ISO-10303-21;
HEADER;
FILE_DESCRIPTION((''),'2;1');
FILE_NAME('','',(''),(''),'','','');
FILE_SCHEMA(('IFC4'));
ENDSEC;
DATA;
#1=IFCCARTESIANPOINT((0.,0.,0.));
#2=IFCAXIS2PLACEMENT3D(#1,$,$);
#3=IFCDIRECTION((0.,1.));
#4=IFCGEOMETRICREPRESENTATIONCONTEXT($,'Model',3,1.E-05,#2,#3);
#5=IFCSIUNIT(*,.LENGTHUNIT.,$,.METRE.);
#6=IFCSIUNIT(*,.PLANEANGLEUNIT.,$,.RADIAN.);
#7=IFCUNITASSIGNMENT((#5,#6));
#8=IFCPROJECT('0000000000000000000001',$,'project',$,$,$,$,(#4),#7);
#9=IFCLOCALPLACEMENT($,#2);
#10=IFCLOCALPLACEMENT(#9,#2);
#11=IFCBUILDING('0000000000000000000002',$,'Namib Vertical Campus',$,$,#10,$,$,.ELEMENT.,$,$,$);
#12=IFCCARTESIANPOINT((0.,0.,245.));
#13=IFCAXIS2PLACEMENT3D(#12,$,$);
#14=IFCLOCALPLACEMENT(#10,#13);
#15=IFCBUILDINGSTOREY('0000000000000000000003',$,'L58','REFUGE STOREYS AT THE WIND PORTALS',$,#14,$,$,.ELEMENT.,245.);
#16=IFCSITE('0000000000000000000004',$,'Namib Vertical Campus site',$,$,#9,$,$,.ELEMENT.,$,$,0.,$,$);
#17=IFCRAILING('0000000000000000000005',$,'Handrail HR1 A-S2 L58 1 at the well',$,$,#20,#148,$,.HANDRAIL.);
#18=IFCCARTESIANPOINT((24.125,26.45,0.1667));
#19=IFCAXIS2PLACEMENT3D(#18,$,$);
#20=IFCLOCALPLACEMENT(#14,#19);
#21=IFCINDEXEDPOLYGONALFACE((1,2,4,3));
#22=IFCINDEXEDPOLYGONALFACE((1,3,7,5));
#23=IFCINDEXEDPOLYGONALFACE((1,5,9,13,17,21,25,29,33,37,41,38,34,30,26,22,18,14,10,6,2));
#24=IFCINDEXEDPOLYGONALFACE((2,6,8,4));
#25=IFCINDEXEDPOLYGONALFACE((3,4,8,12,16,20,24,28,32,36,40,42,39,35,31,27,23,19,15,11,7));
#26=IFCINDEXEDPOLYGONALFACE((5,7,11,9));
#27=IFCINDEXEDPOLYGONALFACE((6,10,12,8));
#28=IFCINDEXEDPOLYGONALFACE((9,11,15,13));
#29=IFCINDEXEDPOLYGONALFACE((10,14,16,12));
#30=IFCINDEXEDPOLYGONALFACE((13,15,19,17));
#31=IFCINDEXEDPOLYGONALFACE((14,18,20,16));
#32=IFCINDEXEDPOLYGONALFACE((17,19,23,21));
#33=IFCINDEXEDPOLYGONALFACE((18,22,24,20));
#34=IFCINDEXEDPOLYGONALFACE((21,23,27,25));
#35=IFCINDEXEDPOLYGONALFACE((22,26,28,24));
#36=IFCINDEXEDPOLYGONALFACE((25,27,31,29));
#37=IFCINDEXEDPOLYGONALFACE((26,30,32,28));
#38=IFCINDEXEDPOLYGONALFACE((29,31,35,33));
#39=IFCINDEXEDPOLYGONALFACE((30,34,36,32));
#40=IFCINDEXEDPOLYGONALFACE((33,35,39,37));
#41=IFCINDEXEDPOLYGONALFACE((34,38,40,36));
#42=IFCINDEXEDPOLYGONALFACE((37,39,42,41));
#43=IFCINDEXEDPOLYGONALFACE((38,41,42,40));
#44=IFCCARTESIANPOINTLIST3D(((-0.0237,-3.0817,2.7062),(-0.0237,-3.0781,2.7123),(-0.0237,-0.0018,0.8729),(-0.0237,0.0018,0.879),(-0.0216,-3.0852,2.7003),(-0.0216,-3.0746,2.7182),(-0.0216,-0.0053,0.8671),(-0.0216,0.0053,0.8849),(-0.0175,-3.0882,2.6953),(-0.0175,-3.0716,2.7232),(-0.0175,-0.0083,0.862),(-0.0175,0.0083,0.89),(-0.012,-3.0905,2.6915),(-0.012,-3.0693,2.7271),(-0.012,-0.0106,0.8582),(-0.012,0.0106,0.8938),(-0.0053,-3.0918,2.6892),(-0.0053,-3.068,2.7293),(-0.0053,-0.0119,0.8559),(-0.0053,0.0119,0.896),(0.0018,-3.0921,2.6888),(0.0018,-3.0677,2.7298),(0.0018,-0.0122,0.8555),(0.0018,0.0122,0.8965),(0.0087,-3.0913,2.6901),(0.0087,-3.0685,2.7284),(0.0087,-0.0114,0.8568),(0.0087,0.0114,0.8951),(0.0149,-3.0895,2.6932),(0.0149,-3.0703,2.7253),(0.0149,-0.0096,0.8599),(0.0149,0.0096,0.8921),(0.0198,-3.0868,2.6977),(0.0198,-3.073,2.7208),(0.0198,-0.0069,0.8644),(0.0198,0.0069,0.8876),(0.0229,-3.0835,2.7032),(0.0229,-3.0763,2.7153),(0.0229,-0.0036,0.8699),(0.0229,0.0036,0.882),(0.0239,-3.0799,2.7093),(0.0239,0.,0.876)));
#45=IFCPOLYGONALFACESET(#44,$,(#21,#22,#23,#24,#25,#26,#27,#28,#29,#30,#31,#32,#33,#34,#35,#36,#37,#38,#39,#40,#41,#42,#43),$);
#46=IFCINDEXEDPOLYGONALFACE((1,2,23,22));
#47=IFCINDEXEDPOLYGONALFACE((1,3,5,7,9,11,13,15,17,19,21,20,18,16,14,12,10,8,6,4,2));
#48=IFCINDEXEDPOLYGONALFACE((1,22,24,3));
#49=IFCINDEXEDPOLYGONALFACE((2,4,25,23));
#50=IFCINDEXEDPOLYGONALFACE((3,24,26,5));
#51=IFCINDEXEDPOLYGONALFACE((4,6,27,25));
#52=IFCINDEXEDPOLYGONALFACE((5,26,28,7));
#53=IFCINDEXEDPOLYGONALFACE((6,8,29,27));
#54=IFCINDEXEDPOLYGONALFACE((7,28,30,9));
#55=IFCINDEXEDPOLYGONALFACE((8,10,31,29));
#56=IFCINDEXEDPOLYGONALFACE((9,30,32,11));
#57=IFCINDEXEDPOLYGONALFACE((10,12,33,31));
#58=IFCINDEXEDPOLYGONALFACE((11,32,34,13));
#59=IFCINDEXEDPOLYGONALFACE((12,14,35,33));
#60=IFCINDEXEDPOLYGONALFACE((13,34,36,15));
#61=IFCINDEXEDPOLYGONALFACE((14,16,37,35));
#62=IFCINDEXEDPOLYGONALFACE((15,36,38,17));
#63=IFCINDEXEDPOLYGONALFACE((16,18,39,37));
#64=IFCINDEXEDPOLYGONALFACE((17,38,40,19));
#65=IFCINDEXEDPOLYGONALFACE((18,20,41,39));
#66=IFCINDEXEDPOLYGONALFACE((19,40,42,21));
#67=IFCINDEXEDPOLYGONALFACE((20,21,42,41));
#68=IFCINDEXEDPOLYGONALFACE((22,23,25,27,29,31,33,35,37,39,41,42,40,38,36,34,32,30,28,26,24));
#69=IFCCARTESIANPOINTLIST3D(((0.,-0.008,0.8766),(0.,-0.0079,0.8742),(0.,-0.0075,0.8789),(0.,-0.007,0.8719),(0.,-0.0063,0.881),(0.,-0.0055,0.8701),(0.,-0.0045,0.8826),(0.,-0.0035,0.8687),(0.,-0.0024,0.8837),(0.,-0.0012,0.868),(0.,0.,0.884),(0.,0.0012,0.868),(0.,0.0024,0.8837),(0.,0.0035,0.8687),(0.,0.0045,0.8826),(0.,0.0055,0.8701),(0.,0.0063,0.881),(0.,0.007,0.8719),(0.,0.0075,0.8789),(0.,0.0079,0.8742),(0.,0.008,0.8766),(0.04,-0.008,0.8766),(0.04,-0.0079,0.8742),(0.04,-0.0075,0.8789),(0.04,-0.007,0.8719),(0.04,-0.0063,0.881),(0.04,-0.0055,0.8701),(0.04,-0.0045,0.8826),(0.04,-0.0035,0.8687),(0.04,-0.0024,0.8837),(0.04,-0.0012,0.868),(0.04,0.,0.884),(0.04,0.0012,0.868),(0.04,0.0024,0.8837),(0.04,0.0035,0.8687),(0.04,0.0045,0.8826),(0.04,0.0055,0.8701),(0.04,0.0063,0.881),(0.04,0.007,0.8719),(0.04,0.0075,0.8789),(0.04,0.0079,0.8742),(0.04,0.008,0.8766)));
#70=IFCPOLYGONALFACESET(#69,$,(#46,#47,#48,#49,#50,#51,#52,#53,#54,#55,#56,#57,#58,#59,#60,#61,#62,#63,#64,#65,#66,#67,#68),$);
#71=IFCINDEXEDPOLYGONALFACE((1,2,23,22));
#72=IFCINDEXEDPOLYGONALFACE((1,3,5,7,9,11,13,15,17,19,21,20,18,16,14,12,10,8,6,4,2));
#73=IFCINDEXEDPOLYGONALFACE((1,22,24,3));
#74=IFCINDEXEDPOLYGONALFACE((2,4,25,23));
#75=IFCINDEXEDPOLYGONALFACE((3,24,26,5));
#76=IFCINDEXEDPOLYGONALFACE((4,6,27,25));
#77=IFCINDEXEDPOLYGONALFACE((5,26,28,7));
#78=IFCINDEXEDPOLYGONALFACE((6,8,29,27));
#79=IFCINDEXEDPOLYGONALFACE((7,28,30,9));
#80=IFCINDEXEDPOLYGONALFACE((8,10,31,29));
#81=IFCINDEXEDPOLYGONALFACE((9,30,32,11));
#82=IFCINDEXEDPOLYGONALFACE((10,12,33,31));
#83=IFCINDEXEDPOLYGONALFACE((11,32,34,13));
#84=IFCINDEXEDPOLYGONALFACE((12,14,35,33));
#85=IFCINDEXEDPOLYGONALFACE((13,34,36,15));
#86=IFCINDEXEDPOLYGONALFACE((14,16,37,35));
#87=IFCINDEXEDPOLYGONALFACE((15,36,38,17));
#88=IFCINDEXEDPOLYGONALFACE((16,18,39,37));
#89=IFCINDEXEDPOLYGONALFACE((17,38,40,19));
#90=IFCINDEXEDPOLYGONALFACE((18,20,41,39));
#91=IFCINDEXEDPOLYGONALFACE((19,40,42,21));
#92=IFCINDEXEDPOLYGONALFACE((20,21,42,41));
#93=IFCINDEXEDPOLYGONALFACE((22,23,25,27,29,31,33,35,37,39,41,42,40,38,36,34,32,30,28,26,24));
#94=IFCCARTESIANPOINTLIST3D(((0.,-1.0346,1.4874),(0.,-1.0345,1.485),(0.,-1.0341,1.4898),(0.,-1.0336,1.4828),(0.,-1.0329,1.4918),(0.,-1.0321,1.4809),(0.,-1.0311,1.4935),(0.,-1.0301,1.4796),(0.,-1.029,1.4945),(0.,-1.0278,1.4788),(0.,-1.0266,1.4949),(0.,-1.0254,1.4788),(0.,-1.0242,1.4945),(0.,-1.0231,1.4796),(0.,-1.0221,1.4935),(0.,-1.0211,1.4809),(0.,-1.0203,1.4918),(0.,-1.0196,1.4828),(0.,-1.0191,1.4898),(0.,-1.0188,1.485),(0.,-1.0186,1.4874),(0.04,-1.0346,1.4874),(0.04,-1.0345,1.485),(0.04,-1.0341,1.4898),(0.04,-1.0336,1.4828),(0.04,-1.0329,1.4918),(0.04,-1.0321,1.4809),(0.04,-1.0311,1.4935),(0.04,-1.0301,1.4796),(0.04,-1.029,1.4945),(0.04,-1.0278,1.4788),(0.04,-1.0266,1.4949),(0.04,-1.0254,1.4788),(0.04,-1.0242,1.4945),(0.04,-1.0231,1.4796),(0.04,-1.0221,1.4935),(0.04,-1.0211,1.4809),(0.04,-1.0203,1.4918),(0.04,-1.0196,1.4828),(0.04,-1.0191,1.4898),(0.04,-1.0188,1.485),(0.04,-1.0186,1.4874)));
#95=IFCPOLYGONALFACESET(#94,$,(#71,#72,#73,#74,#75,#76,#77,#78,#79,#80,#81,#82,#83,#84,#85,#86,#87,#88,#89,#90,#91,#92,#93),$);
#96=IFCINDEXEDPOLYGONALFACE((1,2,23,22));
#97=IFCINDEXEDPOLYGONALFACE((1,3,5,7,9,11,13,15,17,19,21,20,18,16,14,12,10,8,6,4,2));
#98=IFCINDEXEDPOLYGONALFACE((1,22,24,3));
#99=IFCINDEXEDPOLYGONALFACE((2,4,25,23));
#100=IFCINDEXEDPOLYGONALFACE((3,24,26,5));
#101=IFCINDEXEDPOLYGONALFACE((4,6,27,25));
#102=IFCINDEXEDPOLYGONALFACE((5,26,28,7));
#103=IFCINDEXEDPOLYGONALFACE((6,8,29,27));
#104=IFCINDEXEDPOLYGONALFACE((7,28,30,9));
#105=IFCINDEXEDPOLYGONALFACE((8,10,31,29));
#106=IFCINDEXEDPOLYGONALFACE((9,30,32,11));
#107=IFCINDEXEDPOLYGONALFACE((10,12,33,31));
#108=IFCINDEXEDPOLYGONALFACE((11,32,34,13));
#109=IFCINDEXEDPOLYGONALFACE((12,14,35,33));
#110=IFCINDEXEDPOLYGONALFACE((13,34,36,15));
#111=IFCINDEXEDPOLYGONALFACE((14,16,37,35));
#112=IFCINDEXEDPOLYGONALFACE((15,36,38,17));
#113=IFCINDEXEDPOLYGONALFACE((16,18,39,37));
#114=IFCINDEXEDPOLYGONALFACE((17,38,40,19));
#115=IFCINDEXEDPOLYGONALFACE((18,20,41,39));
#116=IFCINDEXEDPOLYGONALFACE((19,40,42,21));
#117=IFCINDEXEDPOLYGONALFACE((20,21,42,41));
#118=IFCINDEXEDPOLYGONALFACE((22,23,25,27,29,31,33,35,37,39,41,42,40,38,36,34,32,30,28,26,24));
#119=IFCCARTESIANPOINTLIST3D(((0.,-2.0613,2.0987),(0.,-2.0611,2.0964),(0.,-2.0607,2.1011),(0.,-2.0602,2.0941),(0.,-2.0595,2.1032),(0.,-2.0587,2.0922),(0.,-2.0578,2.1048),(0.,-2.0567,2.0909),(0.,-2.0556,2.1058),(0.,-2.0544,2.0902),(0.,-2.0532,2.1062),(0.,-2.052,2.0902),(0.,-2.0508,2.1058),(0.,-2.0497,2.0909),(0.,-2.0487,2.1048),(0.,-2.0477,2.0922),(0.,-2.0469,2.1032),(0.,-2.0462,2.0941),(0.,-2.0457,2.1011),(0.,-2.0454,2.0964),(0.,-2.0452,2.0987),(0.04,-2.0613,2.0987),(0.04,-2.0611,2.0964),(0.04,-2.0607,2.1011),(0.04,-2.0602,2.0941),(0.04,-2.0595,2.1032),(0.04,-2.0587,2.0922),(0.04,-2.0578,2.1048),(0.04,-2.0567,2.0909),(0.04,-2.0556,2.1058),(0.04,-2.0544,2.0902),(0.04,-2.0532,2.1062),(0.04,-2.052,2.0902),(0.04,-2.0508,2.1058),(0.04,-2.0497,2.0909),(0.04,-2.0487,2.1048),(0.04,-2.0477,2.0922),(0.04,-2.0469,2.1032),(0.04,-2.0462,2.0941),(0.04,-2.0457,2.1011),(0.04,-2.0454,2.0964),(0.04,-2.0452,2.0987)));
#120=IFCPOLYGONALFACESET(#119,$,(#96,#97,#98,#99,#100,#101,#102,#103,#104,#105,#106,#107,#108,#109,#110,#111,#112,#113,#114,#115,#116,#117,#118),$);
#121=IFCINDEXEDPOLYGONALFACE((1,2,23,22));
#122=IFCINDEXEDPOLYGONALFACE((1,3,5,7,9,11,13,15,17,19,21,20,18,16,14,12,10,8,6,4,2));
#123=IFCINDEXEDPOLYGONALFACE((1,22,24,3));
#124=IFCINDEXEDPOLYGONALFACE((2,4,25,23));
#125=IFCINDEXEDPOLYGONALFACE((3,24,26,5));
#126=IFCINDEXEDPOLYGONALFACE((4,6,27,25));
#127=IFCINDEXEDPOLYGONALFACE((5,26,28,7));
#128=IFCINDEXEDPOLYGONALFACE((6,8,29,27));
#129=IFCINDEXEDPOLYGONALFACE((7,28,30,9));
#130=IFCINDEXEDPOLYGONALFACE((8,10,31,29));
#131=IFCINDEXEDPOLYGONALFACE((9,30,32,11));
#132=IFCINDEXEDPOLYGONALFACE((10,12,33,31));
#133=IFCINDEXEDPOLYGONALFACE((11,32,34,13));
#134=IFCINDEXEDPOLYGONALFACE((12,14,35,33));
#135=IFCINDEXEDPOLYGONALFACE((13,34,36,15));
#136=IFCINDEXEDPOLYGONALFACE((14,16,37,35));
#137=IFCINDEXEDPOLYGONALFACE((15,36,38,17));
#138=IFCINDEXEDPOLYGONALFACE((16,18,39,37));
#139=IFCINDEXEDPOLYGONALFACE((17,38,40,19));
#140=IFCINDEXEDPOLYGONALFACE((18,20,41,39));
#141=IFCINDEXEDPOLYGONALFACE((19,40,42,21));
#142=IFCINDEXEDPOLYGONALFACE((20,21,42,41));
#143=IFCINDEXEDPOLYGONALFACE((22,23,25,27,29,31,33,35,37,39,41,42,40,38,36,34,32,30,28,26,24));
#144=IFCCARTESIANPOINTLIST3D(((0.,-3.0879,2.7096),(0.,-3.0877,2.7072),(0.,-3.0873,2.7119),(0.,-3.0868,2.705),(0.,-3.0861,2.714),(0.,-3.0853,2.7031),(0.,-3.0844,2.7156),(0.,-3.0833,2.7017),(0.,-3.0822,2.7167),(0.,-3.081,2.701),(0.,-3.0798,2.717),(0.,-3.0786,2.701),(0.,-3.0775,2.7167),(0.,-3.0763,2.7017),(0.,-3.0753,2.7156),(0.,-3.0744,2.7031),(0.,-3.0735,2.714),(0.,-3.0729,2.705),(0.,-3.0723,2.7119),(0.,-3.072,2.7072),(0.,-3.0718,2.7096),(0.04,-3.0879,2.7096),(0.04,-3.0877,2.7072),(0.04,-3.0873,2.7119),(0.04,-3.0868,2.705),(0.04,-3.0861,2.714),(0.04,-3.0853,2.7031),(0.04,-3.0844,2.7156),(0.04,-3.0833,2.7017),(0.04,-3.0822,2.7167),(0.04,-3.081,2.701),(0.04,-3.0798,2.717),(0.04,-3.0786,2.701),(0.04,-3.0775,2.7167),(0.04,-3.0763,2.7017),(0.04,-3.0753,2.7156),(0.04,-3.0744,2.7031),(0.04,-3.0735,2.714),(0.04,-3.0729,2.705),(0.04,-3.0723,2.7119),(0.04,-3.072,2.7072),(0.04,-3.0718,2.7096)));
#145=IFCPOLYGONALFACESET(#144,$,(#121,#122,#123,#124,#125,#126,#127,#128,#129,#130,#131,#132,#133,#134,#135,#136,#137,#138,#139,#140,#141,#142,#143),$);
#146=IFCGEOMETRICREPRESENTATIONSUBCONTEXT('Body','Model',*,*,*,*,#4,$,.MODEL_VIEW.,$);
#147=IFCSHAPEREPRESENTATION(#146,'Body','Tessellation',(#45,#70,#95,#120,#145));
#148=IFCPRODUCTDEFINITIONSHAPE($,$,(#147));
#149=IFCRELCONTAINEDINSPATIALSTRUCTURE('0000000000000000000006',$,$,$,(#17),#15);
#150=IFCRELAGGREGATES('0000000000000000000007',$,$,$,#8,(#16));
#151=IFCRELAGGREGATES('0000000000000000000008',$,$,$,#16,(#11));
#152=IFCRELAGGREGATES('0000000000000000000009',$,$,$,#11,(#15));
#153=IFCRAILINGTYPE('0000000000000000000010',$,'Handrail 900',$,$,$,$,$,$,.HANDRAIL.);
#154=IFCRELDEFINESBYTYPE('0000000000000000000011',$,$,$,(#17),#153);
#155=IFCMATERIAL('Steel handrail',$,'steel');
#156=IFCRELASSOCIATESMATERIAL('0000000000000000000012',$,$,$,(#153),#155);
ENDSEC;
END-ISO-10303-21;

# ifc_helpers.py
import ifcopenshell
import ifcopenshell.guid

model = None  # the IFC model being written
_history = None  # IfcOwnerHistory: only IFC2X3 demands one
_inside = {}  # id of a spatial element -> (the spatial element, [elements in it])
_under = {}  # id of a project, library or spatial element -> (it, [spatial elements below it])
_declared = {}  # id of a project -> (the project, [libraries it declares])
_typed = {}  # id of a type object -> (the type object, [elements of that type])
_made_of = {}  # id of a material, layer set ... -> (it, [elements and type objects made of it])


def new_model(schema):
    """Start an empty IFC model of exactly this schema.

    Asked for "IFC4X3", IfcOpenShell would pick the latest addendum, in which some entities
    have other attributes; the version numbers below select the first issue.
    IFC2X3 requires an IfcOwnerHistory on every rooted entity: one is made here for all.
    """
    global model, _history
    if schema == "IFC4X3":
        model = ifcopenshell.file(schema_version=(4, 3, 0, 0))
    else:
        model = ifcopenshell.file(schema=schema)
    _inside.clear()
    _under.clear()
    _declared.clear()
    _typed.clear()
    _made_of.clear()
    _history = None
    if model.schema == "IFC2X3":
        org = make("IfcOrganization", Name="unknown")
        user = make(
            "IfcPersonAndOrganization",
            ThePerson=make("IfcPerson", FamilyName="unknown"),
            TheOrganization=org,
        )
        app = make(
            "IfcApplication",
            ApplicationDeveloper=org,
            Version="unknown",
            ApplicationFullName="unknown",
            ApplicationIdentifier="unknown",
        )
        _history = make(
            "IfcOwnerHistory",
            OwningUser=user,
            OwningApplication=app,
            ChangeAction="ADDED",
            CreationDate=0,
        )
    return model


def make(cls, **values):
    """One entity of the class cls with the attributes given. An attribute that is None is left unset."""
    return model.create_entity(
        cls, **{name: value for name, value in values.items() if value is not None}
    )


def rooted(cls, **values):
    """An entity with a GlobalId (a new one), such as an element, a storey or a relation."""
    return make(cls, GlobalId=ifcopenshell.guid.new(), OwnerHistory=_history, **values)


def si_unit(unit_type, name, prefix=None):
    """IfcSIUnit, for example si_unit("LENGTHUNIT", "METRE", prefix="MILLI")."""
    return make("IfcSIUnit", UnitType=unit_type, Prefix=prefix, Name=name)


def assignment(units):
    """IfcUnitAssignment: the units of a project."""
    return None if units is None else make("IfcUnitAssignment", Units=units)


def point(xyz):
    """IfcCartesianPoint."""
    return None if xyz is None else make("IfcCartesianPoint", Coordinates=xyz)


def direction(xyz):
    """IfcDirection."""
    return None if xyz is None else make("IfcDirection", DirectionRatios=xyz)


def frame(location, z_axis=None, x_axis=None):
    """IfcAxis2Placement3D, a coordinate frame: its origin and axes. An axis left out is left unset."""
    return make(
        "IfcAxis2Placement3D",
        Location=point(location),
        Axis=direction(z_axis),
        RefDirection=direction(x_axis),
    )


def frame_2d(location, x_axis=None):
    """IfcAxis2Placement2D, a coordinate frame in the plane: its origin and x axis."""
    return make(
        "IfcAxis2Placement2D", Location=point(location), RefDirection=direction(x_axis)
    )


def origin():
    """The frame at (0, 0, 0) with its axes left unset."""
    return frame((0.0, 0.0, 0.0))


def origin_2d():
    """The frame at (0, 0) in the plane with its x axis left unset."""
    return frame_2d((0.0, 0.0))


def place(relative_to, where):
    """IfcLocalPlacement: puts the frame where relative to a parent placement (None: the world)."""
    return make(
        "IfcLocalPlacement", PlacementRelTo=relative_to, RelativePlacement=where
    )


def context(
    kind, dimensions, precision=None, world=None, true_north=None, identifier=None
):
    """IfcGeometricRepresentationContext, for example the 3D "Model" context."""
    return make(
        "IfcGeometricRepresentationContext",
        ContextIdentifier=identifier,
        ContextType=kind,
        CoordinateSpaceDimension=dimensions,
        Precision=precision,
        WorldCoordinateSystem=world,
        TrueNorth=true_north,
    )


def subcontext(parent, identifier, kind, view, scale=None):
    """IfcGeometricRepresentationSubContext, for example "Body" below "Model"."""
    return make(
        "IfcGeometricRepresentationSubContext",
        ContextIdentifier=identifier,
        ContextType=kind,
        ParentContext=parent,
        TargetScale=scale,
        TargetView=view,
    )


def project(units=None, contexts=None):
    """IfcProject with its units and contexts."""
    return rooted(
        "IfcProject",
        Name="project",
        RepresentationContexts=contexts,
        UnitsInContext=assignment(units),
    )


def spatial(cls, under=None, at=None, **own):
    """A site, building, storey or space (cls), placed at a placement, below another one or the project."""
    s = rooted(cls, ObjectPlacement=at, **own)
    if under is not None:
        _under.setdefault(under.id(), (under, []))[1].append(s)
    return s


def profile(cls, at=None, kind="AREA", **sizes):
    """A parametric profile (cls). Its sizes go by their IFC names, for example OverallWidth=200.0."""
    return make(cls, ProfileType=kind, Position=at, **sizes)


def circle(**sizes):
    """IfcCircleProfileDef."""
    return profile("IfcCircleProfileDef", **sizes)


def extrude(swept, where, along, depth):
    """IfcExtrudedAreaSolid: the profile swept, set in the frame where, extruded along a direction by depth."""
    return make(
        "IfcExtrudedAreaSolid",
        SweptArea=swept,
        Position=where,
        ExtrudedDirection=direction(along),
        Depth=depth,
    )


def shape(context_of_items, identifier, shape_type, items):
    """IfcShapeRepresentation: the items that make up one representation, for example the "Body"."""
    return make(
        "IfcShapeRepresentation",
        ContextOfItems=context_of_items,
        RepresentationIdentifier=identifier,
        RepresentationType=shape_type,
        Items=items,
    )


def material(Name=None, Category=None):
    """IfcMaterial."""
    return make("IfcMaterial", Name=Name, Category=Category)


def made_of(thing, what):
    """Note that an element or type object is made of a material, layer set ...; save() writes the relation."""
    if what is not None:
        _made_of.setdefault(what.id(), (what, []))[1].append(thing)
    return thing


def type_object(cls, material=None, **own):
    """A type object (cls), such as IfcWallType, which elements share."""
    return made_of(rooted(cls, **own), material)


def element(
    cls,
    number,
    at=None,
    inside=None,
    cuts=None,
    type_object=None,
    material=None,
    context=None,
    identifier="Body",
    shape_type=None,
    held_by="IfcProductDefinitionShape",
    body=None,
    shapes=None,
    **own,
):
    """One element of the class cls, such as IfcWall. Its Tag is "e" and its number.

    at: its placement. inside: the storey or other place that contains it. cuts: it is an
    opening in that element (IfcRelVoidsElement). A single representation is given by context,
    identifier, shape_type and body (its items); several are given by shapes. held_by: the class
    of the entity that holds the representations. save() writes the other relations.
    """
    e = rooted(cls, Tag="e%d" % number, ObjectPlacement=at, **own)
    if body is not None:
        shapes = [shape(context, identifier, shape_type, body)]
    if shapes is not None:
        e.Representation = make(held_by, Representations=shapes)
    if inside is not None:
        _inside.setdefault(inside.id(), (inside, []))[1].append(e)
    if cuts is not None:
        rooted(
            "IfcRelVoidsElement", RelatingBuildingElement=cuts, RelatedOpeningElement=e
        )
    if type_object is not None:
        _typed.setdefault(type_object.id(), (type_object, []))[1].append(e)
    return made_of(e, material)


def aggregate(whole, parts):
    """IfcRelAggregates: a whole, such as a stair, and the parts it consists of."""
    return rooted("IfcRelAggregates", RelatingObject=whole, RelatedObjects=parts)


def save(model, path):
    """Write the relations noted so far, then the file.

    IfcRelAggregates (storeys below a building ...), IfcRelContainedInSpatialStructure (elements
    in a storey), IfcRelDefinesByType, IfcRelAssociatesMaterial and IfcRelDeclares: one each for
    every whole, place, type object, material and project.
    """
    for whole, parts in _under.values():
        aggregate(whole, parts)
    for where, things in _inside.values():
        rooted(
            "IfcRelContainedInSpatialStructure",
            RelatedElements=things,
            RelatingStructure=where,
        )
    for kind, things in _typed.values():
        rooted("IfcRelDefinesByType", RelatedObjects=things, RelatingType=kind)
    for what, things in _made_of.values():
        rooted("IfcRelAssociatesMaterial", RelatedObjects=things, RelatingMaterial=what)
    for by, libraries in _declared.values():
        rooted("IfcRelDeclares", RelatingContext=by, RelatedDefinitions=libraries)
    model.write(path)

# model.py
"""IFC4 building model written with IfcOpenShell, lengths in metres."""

from ifc_helpers import new_model, si_unit, direction, frame, origin, origin_2d, place, context, subcontext, project, spatial, circle, extrude, material, type_object, element, save


model = new_model("IFC4")

# Units and contexts
model_context = context("Model", 3, precision=1e-05, world=origin(), true_north=direction((0.0, 1.0)))
body_context = subcontext(model_context, "Body", "Model", "MODEL_VIEW")
ifc_project = project(units=[si_unit("LENGTHUNIT", "METRE"), si_unit("PLANEANGLEUNIT", "RADIAN")], contexts=[model_context])

# Site, building, storey
site_placement = place(None, origin())
site = spatial("IfcSite", under=ifc_project, at=site_placement, Name="Namib Vertical Campus site", CompositionType="ELEMENT", RefElevation=0.0)
building_placement = place(site_placement, origin())
building = spatial("IfcBuilding", under=site, at=building_placement, Name="Namib Vertical Campus", CompositionType="ELEMENT")
storey_placement = place(building_placement, frame((0.0, 0.0, 245.0)))
storey = spatial("IfcBuildingStorey", under=building, at=storey_placement, Name="L58", Description="REFUGE STOREYS AT THE WIND PORTALS", CompositionType="ELEMENT", Elevation=245.0)

# Railing
ifc_material_1 = material(Name="Steel handrail", Category="steel")
railing_type_1 = type_object("IfcRailingType", Name="Handrail 900", PredefinedType="HANDRAIL", material=ifc_material_1)
railing_1_placement = place(storey_placement, frame((24.125, 26.45, 0.1667)))
element("IfcRailing", 1, at=railing_1_placement, inside=storey, type_object=railing_type_1, Name="Handrail HR1 A-S2 L58 1 at the well", PredefinedType="HANDRAIL", context=body_context, shape_type="SweptSolid", body=[
    extrude(circle(Radius=0.0239, at=origin_2d()), frame((0.0, 0.0, 0.876), z_axis=(0.0, -0.859291, 0.511487), x_axis=(1.0, 0.0, 0.0)), (0.0, 0.0, 1.0), 3.5842),
    extrude(circle(Radius=0.0081, at=origin_2d()), frame((0.0, 0.0, 0.876), z_axis=(1.0, 0.0, 0.0), x_axis=(0.0, 0.0, 1.0)), (0.0, 0.0, 1.0), 0.04),
    extrude(circle(Radius=0.0081, at=origin_2d()), frame((0.0, -1.0266, 1.4868), z_axis=(1.0, 0.0, 0.0), x_axis=(0.0, 0.0, 1.0)), (0.0, 0.0, 1.0), 0.04),
    extrude(circle(Radius=0.0081, at=origin_2d()), frame((0.0, -2.0532, 2.0981), z_axis=(1.0, 0.0, 0.0), x_axis=(0.0, 0.0, 1.0)), (0.0, 0.0, 1.0), 0.04),
    extrude(circle(Radius=0.0081, at=origin_2d()), frame((0.0, -3.0798, 2.709), z_axis=(1.0, 0.0, 0.0), x_axis=(0.0, 0.0, 1.0)), (0.0, 0.0, 1.0), 0.04),
])

save(model, "model.ifc")
